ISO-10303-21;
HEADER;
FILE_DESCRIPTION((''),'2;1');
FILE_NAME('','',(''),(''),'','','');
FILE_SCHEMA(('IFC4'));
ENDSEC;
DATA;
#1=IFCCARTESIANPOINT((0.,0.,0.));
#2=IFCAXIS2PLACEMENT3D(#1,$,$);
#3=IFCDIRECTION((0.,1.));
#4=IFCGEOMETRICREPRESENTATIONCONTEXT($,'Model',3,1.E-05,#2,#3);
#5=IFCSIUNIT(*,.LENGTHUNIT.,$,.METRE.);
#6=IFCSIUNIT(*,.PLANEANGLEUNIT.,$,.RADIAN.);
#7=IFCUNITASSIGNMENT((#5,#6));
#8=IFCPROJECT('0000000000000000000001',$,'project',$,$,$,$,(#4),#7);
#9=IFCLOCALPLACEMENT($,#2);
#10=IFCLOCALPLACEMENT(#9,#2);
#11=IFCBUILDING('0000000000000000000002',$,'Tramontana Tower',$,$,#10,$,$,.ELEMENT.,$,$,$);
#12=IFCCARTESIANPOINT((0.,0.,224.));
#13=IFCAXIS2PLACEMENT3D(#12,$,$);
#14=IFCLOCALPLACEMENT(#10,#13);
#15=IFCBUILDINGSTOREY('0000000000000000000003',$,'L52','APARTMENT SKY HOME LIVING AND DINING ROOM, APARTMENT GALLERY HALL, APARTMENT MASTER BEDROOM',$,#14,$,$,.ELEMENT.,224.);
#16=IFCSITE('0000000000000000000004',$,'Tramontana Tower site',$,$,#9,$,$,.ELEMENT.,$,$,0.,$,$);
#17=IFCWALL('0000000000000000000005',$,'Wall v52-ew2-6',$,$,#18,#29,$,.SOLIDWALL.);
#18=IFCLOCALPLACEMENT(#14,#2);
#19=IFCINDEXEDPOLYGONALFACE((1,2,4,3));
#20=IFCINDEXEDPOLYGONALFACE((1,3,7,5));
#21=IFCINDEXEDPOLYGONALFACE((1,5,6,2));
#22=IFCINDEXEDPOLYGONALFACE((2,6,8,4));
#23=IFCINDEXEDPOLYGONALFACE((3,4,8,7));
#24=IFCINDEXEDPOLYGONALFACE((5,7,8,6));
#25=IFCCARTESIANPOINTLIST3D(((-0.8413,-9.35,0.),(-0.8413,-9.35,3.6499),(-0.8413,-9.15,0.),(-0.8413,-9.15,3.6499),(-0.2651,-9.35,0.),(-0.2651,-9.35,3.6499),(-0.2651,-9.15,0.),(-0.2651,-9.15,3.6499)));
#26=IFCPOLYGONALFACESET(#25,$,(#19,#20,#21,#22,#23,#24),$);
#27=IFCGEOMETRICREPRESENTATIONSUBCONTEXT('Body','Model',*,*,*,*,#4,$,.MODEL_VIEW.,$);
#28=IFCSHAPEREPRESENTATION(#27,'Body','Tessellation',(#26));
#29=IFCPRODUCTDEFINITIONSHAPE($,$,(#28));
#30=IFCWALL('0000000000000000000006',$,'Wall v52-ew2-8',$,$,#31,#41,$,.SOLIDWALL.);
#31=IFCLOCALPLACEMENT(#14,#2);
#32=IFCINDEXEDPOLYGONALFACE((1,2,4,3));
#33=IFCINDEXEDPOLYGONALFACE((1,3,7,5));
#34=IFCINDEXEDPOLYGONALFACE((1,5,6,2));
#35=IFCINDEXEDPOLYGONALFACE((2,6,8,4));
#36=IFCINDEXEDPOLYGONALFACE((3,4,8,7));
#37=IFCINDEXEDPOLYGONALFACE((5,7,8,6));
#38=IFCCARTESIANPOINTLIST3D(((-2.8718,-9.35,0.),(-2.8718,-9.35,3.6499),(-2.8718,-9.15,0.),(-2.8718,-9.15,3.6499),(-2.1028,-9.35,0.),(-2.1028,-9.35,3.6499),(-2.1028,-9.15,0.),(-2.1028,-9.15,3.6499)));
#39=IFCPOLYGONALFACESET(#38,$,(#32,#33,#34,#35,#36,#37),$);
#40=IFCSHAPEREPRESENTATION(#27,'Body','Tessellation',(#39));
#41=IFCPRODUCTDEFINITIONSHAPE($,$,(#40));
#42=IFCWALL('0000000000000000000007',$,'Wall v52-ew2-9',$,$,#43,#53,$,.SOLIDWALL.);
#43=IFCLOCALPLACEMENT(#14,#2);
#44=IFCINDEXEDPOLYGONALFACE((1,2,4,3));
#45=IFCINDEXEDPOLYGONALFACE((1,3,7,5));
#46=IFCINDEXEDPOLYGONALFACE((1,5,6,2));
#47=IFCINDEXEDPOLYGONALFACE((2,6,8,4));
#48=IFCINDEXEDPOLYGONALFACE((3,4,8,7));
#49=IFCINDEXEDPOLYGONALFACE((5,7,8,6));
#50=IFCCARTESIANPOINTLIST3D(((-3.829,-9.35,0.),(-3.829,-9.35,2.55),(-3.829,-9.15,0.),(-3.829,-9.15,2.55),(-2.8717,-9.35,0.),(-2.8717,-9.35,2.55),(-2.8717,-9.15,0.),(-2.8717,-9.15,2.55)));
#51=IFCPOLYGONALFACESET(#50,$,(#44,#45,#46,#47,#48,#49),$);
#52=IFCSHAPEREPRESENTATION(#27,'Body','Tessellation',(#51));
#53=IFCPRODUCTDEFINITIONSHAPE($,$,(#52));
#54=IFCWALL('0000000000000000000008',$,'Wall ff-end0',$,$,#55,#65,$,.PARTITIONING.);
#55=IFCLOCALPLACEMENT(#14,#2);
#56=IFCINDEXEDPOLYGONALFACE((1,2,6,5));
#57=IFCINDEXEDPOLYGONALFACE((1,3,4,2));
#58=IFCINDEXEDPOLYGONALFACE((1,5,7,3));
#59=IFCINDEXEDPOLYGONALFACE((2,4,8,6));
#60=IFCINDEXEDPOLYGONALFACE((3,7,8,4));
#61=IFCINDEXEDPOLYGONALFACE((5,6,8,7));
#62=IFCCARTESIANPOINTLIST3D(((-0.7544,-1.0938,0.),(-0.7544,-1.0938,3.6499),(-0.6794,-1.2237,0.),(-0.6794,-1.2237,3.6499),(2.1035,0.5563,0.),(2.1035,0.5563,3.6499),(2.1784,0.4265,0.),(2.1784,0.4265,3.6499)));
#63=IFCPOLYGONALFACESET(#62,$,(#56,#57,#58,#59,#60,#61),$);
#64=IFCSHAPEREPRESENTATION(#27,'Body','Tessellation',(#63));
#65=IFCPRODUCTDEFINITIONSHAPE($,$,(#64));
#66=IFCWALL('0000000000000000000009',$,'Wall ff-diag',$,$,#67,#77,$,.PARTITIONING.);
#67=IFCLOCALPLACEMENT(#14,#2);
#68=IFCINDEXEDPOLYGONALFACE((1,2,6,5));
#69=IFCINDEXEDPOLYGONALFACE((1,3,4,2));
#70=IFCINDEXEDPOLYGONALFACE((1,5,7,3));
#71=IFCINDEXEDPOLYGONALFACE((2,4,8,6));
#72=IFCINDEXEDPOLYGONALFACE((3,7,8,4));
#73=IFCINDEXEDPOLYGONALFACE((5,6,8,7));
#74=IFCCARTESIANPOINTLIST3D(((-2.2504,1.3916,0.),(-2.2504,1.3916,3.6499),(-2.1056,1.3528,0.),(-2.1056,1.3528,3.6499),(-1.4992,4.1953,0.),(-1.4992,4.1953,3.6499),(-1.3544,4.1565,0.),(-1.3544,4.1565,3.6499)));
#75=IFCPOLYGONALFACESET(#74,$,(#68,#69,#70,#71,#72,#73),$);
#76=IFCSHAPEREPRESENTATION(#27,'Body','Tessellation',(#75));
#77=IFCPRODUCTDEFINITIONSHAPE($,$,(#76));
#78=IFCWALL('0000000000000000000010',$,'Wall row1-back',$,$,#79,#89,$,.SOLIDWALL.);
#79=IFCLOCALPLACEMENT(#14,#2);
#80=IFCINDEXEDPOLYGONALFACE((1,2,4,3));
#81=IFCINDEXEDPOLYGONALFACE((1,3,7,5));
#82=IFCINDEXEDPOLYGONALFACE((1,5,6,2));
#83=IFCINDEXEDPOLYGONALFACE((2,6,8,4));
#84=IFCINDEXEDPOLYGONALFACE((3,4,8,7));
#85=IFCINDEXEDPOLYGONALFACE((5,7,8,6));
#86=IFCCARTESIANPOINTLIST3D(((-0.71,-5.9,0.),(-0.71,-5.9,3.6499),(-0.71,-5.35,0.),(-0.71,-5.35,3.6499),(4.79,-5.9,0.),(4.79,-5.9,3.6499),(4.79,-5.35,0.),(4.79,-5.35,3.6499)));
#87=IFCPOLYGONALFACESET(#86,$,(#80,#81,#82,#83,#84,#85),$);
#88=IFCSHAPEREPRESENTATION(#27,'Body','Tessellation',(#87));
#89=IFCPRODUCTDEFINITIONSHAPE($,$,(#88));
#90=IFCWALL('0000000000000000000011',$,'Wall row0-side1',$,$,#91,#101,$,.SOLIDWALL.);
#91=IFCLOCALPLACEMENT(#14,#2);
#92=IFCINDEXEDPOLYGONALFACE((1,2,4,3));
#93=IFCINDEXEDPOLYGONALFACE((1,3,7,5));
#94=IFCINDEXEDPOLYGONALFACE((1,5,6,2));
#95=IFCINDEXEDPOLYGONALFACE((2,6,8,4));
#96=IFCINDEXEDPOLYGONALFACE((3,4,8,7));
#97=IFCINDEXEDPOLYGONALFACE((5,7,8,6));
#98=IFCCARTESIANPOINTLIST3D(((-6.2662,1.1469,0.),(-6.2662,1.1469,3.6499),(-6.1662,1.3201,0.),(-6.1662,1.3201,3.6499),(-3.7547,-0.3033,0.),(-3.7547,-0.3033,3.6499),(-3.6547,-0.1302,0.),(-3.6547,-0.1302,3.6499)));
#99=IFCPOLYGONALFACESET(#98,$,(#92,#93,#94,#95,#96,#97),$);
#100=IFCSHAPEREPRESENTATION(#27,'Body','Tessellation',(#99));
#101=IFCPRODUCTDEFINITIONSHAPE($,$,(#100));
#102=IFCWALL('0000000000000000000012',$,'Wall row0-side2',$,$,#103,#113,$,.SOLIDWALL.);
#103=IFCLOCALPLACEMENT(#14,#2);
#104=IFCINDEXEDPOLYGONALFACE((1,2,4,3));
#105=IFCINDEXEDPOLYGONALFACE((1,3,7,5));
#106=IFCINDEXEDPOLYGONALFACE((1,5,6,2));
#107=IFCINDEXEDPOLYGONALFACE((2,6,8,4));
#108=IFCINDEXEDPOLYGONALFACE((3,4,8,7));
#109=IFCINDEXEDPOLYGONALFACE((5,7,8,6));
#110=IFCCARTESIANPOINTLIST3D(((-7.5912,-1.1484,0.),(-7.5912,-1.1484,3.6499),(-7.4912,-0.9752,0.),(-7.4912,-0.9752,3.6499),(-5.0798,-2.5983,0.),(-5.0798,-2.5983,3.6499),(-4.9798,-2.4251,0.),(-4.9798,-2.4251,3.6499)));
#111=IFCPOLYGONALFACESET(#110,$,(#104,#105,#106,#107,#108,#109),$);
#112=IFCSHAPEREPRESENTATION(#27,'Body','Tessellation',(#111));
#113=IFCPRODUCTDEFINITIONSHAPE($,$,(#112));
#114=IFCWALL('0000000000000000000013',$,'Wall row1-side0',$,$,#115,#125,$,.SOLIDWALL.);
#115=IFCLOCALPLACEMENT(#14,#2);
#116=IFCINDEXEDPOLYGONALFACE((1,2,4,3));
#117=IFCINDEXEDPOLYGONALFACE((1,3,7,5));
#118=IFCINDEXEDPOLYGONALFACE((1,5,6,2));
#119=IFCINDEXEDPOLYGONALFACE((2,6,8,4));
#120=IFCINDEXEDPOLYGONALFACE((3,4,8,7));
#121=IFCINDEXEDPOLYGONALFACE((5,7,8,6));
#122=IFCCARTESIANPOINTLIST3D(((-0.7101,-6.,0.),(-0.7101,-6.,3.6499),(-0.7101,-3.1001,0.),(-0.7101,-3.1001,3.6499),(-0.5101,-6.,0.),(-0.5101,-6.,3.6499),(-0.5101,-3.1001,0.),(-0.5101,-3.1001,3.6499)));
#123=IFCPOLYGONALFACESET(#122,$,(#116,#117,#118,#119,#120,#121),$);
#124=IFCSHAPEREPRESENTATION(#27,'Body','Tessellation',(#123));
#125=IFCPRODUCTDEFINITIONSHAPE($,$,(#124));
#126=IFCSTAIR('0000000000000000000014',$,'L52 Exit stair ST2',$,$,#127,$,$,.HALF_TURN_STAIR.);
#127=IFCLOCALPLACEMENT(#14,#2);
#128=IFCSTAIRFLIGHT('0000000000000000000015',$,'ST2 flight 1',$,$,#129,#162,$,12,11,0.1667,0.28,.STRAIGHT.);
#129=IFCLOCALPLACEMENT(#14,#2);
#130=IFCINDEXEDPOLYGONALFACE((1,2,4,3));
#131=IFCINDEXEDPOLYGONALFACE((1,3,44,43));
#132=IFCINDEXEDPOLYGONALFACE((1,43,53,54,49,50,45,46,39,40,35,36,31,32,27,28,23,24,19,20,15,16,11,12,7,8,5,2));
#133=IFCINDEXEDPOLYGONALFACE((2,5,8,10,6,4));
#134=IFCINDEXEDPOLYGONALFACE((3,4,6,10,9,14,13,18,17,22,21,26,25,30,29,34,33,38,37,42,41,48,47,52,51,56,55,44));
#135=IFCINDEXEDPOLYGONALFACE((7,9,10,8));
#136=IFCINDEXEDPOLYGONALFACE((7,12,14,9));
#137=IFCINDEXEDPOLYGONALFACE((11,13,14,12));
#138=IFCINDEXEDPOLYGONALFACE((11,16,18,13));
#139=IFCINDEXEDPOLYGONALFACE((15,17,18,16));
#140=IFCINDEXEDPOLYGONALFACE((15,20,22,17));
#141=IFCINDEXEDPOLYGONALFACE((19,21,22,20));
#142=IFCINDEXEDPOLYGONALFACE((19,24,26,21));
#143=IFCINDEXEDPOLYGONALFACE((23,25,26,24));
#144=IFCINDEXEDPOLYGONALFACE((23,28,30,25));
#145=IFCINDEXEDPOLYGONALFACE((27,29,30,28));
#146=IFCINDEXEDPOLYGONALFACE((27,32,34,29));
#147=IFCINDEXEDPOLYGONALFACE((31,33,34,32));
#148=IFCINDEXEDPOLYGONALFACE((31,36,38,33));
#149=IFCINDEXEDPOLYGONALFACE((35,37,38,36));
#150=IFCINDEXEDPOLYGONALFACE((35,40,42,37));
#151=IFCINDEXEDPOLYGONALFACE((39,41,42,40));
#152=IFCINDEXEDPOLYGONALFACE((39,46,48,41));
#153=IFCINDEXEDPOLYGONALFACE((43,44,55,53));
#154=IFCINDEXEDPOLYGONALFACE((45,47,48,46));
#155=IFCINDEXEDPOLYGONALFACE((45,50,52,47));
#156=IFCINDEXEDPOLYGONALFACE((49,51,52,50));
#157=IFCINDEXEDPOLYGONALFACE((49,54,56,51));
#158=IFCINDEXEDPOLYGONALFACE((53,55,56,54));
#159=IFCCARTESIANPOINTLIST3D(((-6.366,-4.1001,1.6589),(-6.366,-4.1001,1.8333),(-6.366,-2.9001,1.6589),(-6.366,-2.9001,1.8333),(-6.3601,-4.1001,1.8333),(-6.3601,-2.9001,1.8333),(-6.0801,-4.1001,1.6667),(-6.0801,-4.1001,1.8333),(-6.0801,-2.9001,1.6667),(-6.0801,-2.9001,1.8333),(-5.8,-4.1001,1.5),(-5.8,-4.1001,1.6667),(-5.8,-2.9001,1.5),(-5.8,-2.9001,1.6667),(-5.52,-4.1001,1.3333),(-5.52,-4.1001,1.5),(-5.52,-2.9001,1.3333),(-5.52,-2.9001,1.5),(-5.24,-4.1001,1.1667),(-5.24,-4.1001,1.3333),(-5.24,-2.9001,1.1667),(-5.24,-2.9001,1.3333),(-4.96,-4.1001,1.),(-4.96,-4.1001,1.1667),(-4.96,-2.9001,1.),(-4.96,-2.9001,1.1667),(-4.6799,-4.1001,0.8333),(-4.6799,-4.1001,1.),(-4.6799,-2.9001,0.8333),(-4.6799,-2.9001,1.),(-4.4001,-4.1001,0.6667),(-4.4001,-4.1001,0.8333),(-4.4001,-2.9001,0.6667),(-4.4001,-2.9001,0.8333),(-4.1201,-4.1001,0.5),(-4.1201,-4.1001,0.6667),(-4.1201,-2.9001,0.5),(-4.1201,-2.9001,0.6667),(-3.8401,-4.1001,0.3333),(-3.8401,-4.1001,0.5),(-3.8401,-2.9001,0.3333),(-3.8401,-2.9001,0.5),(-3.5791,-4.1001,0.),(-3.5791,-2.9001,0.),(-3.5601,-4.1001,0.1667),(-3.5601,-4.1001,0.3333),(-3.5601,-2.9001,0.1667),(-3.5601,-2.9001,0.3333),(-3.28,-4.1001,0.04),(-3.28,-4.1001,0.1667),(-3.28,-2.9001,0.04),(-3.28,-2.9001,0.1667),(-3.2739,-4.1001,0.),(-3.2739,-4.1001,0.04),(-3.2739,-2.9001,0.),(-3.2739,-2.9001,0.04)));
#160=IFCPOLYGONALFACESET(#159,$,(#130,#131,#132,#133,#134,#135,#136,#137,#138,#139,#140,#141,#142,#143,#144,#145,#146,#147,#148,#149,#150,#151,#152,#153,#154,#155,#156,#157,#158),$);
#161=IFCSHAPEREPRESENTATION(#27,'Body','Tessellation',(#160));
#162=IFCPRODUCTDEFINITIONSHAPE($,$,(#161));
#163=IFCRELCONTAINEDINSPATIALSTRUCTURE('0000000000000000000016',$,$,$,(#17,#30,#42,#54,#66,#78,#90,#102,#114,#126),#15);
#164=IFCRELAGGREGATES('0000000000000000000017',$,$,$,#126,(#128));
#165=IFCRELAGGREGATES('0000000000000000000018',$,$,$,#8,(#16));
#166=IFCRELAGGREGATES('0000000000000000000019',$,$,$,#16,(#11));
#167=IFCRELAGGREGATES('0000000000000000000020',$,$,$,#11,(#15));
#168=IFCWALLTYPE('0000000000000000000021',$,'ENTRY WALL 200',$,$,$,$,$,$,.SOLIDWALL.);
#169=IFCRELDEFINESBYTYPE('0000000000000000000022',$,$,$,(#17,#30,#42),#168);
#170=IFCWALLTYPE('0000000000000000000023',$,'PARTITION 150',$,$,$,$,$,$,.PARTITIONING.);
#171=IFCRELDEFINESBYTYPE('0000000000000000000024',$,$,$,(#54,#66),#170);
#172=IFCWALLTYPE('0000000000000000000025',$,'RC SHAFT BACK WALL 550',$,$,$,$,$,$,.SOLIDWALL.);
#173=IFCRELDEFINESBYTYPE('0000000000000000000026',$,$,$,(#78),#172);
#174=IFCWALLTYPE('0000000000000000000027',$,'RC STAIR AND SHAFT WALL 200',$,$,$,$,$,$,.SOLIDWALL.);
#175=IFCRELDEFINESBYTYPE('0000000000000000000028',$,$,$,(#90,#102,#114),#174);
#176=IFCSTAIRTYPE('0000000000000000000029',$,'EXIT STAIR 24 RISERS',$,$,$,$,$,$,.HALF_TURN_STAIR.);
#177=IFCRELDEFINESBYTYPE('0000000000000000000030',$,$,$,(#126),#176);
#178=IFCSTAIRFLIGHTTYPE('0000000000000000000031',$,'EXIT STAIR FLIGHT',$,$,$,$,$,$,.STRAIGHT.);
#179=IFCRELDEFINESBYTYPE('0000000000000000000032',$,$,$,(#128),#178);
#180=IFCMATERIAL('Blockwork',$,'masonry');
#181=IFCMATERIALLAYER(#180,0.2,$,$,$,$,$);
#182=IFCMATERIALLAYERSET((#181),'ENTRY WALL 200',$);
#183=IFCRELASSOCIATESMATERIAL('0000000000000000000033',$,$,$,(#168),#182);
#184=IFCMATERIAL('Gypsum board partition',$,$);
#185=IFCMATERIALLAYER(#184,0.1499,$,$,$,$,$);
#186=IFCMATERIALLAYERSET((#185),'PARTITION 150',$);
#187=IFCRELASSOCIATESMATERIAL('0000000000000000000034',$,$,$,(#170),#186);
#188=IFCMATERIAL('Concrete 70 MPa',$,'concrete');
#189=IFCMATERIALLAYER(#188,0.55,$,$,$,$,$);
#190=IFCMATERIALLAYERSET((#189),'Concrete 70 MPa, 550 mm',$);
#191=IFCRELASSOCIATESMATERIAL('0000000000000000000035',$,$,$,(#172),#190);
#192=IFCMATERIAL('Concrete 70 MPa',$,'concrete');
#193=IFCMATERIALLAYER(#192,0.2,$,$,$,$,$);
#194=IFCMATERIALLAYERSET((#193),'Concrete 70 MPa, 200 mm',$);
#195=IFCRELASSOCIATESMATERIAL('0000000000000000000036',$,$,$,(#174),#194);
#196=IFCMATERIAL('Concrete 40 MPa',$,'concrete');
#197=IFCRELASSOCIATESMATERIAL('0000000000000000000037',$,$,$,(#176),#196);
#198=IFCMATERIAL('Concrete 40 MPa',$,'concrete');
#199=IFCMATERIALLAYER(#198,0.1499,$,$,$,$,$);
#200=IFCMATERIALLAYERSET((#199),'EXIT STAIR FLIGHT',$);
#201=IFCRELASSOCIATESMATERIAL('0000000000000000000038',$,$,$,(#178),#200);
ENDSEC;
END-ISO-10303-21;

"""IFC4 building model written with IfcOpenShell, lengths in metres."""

from ifc_helpers import new_model, si_unit, direction, frame, frame_2d, origin, place, context, subcontext, project, spatial, polyline, rectangle, outline, extrude, material, layer, layer_set, type_object, element, aggregate, save


model = new_model("IFC4")

# Units and contexts
model_context = context("Model", 3, precision=1e-05, world=origin(), true_north=direction((0.0, 1.0)))
body_context = subcontext(model_context, "Body", "Model", "MODEL_VIEW")
ifc_project = project(units=[si_unit("LENGTHUNIT", "METRE"), si_unit("PLANEANGLEUNIT", "RADIAN")], contexts=[model_context])

# Site, building, storey
site_placement = place(None, origin())
site = spatial("IfcSite", under=ifc_project, at=site_placement, Name="Tramontana Tower site", CompositionType="ELEMENT", RefElevation=0.0)
building_placement = place(site_placement, origin())
building = spatial("IfcBuilding", under=site, at=building_placement, Name="Tramontana Tower", CompositionType="ELEMENT")
storey_placement = place(building_placement, frame((0.0, 0.0, 224.0)))
storey = spatial("IfcBuildingStorey", under=building, at=storey_placement, Name="L52", Description="APARTMENT SKY HOME LIVING AND DINING ROOM, APARTMENT GALLERY HALL, APARTMENT MASTER BEDROOM", CompositionType="ELEMENT", Elevation=224.0)

# Wall
ifc_material_1 = material(Name="Blockwork", Category="masonry")
ifc_layer_1 = layer(ifc_material_1, 0.2)
ifc_layer_set_1 = layer_set([ifc_layer_1], Name="ENTRY WALL 200")
wall_type_1 = type_object("IfcWallType", Name="ENTRY WALL 200", PredefinedType="SOLIDWALL", material=ifc_layer_set_1)
wall_1_placement = place(storey_placement, frame((-0.2651, -9.25, 0.0), z_axis=(0.0, 0.0, 1.0), x_axis=(-1.0, 0.0, 0.0)))
element("IfcWall", 1, at=wall_1_placement, inside=storey, type_object=wall_type_1, Name="Wall v52-ew2-6", PredefinedType="SOLIDWALL", context=body_context, shape_type="SweptSolid", body=[
    extrude(rectangle(XDim=0.5762, YDim=0.2, at=frame_2d((0.2881, 0.0))), origin(), (0.0, 0.0, 1.0), 3.6499),
])

# Walls
wall_2_placement = place(storey_placement, frame((-2.1028, -9.25, 0.0), z_axis=(0.0, 0.0, 1.0), x_axis=(-1.0, 0.0, 0.0)))
element("IfcWall", 2, at=wall_2_placement, inside=storey, type_object=wall_type_1, Name="Wall v52-ew2-8", PredefinedType="SOLIDWALL", context=body_context, shape_type="SweptSolid", body=[
    extrude(rectangle(XDim=0.769, YDim=0.2, at=frame_2d((0.3845, 0.0))), origin(), (0.0, 0.0, 1.0), 3.6499),
])
wall_3_placement = place(storey_placement, frame((-2.8718, -9.25, 0.0), z_axis=(0.0, 0.0, 1.0), x_axis=(-1.0, 0.0, 0.0)))
element("IfcWall", 3, at=wall_3_placement, inside=storey, type_object=wall_type_1, Name="Wall v52-ew2-9", PredefinedType="SOLIDWALL", context=body_context, shape_type="SweptSolid", body=[
    extrude(rectangle(XDim=0.9573, YDim=0.2, at=frame_2d((0.4785, 0.0))), origin(), (0.0, 0.0, 1.0), 2.55),
])

# Shared definitions
ifc_material_2 = material(Name="Gypsum board partition")
ifc_layer_2 = layer(ifc_material_2, 0.1499)
ifc_layer_set_2 = layer_set([ifc_layer_2], Name="PARTITION 150")
wall_type_2 = type_object("IfcWallType", Name="PARTITION 150", PredefinedType="PARTITIONING", material=ifc_layer_set_2)

# Walls
wall_4_placement = place(storey_placement, frame((-0.7168, -1.1587, 0.0), z_axis=(0.0, 0.0, 1.0), x_axis=(0.866008, 0.50003, 0.0)))
element("IfcWall", 4, at=wall_4_placement, inside=storey, type_object=wall_type_2, Name="Wall ff-end0", PredefinedType="PARTITIONING", context=body_context, shape_type="SweptSolid", body=[
    extrude(rectangle(XDim=3.3, YDim=0.1499, at=frame_2d((1.6499, 0.0))), origin(), (0.0, 0.0, 1.0), 3.6499),
])
wall_5_placement = place(storey_placement, frame((-2.178, 1.3723, 0.0), z_axis=(0.0, 0.0, 1.0), x_axis=(0.258809, 0.965929, 0.0)))
element("IfcWall", 5, at=wall_5_placement, inside=storey, type_object=wall_type_2, Name="Wall ff-diag", PredefinedType="PARTITIONING", context=body_context, shape_type="SweptSolid", body=[
    extrude(rectangle(XDim=2.9026, YDim=0.1499, at=frame_2d((1.4512, 0.0))), origin(), (0.0, 0.0, 1.0), 3.6499),
])
ifc_material_3 = material(Name="Concrete 70 MPa", Category="concrete")
ifc_layer_3 = layer(ifc_material_3, 0.55)
ifc_layer_set_3 = layer_set([ifc_layer_3], Name="Concrete 70 MPa, 550 mm")
wall_type_3 = type_object("IfcWallType", Name="RC SHAFT BACK WALL 550", PredefinedType="SOLIDWALL", material=ifc_layer_set_3)
wall_6_placement = place(storey_placement, frame((-0.71, -5.625, 0.0), z_axis=(0.0, 0.0, 1.0), x_axis=(1.0, 0.0, 0.0)))
element("IfcWall", 6, at=wall_6_placement, inside=storey, type_object=wall_type_3, Name="Wall row1-back", PredefinedType="SOLIDWALL", context=body_context, shape_type="SweptSolid", body=[
    extrude(rectangle(XDim=5.5, YDim=0.55, at=frame_2d((2.75, 0.0))), origin(), (0.0, 0.0, 1.0), 3.6499),
])

# Shared definitions
ifc_material_4 = material(Name="Concrete 70 MPa", Category="concrete")
ifc_layer_4 = layer(ifc_material_4, 0.2)
ifc_layer_set_4 = layer_set([ifc_layer_4], Name="Concrete 70 MPa, 200 mm")
wall_type_4 = type_object("IfcWallType", Name="RC STAIR AND SHAFT WALL 200", PredefinedType="SOLIDWALL", material=ifc_layer_set_4)

# Walls
wall_7_placement = place(storey_placement, frame((-3.7046, -0.2168, 0.0), z_axis=(0.0, 0.0, 1.0), x_axis=(-0.865996, 0.50005, 0.0)))
element("IfcWall", 7, at=wall_7_placement, inside=storey, type_object=wall_type_4, Name="Wall row0-side1", PredefinedType="SOLIDWALL", context=body_context, shape_type="SweptSolid", body=[
    extrude(rectangle(XDim=2.9001, YDim=0.2, at=frame_2d((1.4502, 0.0))), origin(), (0.0, 0.0, 1.0), 3.6499),
])
for number, where, z_axis, x_axis, name in (
    (8, (-5.0298, -2.5117, 0.0), (0.0, 0.0, 1.0), (-0.866033, 0.499987, 0.0), "Wall row0-side2"),
    (9, (-0.6101, -3.1001, 0.0), (0.0, 0.0, 1.0), (0.0, -1.0, 0.0), "Wall row1-side0"),
):
    element("IfcWall", number, at=place(storey_placement, frame(where, z_axis=z_axis, x_axis=x_axis)), inside=storey, type_object=wall_type_4, Name=name, PredefinedType="SOLIDWALL", context=body_context, shape_type="SweptSolid", body=[
        extrude(rectangle(XDim=2.8999, YDim=0.2, at=frame_2d((1.45, 0.0))), origin(), (0.0, 0.0, 1.0), 3.6499),
    ])

# Stair, stair flight
ifc_material_5 = material(Name="Concrete 40 MPa", Category="concrete")
stair_type = type_object("IfcStairType", Name="EXIT STAIR 24 RISERS", PredefinedType="HALF_TURN_STAIR", material=ifc_material_5)
stair_placement = place(storey_placement, origin())
stair = element("IfcStair", 10, at=stair_placement, inside=storey, type_object=stair_type, Name="L52 Exit stair ST2", PredefinedType="HALF_TURN_STAIR")
ifc_material_6 = material(Name="Concrete 40 MPa", Category="concrete")
ifc_layer_5 = layer(ifc_material_6, 0.1499)
ifc_layer_set_5 = layer_set([ifc_layer_5], Name="EXIT STAIR FLIGHT")
stair_flight_type = type_object("IfcStairFlightType", Name="EXIT STAIR FLIGHT", PredefinedType="STRAIGHT", material=ifc_layer_set_5)
stair_flight_1_placement = place(storey_placement, frame((-3.28, -3.5, 0.0), z_axis=(0.0, 0.0, 1.0), x_axis=(-1.0, 0.0, 0.0)))
stair_flight_1 = element("IfcStairFlight", 11, at=stair_flight_1_placement, type_object=stair_flight_type, Name="ST2 flight 1", NumberOfRisers=12, NumberOfTreads=11, PredefinedType="STRAIGHT", RiserHeight=0.1667, TreadLength=0.28, context=body_context, shape_type="SweptSolid", body=[
    extrude(outline(polyline([(-0.0061, 0.0), (-0.0061, 0.04), (0.0, 0.04), (0.0, 0.1667), (0.28, 0.1667), (0.28, 0.3333), (0.5601, 0.3333), (0.5601, 0.5), (0.8401, 0.5), (0.8401, 0.6667), (1.1201, 0.6667), (1.1201, 0.8333), (1.3999, 0.8333), (1.3999, 1.0), (1.6799, 1.0), (1.6799, 1.1667), (1.96, 1.1667), (1.96, 1.3333), (2.24, 1.3333), (2.24, 1.5), (2.52, 1.5), (2.52, 1.6667), (2.8, 1.6667), (2.8, 1.8333), (3.0801, 1.8333), (3.0859, 1.8333), (3.0859, 1.6589), (0.2991, 0.0), (-0.0061, 0.0)])), frame((0.0, 0.6001, 0.0), z_axis=(0.0, -1.0, 0.0), x_axis=(1.0, 0.0, 0.0)), (0.0, 0.0, 1.0), 1.2),
])
aggregate(stair, [stair_flight_1])

save(model, "model.ifc")
